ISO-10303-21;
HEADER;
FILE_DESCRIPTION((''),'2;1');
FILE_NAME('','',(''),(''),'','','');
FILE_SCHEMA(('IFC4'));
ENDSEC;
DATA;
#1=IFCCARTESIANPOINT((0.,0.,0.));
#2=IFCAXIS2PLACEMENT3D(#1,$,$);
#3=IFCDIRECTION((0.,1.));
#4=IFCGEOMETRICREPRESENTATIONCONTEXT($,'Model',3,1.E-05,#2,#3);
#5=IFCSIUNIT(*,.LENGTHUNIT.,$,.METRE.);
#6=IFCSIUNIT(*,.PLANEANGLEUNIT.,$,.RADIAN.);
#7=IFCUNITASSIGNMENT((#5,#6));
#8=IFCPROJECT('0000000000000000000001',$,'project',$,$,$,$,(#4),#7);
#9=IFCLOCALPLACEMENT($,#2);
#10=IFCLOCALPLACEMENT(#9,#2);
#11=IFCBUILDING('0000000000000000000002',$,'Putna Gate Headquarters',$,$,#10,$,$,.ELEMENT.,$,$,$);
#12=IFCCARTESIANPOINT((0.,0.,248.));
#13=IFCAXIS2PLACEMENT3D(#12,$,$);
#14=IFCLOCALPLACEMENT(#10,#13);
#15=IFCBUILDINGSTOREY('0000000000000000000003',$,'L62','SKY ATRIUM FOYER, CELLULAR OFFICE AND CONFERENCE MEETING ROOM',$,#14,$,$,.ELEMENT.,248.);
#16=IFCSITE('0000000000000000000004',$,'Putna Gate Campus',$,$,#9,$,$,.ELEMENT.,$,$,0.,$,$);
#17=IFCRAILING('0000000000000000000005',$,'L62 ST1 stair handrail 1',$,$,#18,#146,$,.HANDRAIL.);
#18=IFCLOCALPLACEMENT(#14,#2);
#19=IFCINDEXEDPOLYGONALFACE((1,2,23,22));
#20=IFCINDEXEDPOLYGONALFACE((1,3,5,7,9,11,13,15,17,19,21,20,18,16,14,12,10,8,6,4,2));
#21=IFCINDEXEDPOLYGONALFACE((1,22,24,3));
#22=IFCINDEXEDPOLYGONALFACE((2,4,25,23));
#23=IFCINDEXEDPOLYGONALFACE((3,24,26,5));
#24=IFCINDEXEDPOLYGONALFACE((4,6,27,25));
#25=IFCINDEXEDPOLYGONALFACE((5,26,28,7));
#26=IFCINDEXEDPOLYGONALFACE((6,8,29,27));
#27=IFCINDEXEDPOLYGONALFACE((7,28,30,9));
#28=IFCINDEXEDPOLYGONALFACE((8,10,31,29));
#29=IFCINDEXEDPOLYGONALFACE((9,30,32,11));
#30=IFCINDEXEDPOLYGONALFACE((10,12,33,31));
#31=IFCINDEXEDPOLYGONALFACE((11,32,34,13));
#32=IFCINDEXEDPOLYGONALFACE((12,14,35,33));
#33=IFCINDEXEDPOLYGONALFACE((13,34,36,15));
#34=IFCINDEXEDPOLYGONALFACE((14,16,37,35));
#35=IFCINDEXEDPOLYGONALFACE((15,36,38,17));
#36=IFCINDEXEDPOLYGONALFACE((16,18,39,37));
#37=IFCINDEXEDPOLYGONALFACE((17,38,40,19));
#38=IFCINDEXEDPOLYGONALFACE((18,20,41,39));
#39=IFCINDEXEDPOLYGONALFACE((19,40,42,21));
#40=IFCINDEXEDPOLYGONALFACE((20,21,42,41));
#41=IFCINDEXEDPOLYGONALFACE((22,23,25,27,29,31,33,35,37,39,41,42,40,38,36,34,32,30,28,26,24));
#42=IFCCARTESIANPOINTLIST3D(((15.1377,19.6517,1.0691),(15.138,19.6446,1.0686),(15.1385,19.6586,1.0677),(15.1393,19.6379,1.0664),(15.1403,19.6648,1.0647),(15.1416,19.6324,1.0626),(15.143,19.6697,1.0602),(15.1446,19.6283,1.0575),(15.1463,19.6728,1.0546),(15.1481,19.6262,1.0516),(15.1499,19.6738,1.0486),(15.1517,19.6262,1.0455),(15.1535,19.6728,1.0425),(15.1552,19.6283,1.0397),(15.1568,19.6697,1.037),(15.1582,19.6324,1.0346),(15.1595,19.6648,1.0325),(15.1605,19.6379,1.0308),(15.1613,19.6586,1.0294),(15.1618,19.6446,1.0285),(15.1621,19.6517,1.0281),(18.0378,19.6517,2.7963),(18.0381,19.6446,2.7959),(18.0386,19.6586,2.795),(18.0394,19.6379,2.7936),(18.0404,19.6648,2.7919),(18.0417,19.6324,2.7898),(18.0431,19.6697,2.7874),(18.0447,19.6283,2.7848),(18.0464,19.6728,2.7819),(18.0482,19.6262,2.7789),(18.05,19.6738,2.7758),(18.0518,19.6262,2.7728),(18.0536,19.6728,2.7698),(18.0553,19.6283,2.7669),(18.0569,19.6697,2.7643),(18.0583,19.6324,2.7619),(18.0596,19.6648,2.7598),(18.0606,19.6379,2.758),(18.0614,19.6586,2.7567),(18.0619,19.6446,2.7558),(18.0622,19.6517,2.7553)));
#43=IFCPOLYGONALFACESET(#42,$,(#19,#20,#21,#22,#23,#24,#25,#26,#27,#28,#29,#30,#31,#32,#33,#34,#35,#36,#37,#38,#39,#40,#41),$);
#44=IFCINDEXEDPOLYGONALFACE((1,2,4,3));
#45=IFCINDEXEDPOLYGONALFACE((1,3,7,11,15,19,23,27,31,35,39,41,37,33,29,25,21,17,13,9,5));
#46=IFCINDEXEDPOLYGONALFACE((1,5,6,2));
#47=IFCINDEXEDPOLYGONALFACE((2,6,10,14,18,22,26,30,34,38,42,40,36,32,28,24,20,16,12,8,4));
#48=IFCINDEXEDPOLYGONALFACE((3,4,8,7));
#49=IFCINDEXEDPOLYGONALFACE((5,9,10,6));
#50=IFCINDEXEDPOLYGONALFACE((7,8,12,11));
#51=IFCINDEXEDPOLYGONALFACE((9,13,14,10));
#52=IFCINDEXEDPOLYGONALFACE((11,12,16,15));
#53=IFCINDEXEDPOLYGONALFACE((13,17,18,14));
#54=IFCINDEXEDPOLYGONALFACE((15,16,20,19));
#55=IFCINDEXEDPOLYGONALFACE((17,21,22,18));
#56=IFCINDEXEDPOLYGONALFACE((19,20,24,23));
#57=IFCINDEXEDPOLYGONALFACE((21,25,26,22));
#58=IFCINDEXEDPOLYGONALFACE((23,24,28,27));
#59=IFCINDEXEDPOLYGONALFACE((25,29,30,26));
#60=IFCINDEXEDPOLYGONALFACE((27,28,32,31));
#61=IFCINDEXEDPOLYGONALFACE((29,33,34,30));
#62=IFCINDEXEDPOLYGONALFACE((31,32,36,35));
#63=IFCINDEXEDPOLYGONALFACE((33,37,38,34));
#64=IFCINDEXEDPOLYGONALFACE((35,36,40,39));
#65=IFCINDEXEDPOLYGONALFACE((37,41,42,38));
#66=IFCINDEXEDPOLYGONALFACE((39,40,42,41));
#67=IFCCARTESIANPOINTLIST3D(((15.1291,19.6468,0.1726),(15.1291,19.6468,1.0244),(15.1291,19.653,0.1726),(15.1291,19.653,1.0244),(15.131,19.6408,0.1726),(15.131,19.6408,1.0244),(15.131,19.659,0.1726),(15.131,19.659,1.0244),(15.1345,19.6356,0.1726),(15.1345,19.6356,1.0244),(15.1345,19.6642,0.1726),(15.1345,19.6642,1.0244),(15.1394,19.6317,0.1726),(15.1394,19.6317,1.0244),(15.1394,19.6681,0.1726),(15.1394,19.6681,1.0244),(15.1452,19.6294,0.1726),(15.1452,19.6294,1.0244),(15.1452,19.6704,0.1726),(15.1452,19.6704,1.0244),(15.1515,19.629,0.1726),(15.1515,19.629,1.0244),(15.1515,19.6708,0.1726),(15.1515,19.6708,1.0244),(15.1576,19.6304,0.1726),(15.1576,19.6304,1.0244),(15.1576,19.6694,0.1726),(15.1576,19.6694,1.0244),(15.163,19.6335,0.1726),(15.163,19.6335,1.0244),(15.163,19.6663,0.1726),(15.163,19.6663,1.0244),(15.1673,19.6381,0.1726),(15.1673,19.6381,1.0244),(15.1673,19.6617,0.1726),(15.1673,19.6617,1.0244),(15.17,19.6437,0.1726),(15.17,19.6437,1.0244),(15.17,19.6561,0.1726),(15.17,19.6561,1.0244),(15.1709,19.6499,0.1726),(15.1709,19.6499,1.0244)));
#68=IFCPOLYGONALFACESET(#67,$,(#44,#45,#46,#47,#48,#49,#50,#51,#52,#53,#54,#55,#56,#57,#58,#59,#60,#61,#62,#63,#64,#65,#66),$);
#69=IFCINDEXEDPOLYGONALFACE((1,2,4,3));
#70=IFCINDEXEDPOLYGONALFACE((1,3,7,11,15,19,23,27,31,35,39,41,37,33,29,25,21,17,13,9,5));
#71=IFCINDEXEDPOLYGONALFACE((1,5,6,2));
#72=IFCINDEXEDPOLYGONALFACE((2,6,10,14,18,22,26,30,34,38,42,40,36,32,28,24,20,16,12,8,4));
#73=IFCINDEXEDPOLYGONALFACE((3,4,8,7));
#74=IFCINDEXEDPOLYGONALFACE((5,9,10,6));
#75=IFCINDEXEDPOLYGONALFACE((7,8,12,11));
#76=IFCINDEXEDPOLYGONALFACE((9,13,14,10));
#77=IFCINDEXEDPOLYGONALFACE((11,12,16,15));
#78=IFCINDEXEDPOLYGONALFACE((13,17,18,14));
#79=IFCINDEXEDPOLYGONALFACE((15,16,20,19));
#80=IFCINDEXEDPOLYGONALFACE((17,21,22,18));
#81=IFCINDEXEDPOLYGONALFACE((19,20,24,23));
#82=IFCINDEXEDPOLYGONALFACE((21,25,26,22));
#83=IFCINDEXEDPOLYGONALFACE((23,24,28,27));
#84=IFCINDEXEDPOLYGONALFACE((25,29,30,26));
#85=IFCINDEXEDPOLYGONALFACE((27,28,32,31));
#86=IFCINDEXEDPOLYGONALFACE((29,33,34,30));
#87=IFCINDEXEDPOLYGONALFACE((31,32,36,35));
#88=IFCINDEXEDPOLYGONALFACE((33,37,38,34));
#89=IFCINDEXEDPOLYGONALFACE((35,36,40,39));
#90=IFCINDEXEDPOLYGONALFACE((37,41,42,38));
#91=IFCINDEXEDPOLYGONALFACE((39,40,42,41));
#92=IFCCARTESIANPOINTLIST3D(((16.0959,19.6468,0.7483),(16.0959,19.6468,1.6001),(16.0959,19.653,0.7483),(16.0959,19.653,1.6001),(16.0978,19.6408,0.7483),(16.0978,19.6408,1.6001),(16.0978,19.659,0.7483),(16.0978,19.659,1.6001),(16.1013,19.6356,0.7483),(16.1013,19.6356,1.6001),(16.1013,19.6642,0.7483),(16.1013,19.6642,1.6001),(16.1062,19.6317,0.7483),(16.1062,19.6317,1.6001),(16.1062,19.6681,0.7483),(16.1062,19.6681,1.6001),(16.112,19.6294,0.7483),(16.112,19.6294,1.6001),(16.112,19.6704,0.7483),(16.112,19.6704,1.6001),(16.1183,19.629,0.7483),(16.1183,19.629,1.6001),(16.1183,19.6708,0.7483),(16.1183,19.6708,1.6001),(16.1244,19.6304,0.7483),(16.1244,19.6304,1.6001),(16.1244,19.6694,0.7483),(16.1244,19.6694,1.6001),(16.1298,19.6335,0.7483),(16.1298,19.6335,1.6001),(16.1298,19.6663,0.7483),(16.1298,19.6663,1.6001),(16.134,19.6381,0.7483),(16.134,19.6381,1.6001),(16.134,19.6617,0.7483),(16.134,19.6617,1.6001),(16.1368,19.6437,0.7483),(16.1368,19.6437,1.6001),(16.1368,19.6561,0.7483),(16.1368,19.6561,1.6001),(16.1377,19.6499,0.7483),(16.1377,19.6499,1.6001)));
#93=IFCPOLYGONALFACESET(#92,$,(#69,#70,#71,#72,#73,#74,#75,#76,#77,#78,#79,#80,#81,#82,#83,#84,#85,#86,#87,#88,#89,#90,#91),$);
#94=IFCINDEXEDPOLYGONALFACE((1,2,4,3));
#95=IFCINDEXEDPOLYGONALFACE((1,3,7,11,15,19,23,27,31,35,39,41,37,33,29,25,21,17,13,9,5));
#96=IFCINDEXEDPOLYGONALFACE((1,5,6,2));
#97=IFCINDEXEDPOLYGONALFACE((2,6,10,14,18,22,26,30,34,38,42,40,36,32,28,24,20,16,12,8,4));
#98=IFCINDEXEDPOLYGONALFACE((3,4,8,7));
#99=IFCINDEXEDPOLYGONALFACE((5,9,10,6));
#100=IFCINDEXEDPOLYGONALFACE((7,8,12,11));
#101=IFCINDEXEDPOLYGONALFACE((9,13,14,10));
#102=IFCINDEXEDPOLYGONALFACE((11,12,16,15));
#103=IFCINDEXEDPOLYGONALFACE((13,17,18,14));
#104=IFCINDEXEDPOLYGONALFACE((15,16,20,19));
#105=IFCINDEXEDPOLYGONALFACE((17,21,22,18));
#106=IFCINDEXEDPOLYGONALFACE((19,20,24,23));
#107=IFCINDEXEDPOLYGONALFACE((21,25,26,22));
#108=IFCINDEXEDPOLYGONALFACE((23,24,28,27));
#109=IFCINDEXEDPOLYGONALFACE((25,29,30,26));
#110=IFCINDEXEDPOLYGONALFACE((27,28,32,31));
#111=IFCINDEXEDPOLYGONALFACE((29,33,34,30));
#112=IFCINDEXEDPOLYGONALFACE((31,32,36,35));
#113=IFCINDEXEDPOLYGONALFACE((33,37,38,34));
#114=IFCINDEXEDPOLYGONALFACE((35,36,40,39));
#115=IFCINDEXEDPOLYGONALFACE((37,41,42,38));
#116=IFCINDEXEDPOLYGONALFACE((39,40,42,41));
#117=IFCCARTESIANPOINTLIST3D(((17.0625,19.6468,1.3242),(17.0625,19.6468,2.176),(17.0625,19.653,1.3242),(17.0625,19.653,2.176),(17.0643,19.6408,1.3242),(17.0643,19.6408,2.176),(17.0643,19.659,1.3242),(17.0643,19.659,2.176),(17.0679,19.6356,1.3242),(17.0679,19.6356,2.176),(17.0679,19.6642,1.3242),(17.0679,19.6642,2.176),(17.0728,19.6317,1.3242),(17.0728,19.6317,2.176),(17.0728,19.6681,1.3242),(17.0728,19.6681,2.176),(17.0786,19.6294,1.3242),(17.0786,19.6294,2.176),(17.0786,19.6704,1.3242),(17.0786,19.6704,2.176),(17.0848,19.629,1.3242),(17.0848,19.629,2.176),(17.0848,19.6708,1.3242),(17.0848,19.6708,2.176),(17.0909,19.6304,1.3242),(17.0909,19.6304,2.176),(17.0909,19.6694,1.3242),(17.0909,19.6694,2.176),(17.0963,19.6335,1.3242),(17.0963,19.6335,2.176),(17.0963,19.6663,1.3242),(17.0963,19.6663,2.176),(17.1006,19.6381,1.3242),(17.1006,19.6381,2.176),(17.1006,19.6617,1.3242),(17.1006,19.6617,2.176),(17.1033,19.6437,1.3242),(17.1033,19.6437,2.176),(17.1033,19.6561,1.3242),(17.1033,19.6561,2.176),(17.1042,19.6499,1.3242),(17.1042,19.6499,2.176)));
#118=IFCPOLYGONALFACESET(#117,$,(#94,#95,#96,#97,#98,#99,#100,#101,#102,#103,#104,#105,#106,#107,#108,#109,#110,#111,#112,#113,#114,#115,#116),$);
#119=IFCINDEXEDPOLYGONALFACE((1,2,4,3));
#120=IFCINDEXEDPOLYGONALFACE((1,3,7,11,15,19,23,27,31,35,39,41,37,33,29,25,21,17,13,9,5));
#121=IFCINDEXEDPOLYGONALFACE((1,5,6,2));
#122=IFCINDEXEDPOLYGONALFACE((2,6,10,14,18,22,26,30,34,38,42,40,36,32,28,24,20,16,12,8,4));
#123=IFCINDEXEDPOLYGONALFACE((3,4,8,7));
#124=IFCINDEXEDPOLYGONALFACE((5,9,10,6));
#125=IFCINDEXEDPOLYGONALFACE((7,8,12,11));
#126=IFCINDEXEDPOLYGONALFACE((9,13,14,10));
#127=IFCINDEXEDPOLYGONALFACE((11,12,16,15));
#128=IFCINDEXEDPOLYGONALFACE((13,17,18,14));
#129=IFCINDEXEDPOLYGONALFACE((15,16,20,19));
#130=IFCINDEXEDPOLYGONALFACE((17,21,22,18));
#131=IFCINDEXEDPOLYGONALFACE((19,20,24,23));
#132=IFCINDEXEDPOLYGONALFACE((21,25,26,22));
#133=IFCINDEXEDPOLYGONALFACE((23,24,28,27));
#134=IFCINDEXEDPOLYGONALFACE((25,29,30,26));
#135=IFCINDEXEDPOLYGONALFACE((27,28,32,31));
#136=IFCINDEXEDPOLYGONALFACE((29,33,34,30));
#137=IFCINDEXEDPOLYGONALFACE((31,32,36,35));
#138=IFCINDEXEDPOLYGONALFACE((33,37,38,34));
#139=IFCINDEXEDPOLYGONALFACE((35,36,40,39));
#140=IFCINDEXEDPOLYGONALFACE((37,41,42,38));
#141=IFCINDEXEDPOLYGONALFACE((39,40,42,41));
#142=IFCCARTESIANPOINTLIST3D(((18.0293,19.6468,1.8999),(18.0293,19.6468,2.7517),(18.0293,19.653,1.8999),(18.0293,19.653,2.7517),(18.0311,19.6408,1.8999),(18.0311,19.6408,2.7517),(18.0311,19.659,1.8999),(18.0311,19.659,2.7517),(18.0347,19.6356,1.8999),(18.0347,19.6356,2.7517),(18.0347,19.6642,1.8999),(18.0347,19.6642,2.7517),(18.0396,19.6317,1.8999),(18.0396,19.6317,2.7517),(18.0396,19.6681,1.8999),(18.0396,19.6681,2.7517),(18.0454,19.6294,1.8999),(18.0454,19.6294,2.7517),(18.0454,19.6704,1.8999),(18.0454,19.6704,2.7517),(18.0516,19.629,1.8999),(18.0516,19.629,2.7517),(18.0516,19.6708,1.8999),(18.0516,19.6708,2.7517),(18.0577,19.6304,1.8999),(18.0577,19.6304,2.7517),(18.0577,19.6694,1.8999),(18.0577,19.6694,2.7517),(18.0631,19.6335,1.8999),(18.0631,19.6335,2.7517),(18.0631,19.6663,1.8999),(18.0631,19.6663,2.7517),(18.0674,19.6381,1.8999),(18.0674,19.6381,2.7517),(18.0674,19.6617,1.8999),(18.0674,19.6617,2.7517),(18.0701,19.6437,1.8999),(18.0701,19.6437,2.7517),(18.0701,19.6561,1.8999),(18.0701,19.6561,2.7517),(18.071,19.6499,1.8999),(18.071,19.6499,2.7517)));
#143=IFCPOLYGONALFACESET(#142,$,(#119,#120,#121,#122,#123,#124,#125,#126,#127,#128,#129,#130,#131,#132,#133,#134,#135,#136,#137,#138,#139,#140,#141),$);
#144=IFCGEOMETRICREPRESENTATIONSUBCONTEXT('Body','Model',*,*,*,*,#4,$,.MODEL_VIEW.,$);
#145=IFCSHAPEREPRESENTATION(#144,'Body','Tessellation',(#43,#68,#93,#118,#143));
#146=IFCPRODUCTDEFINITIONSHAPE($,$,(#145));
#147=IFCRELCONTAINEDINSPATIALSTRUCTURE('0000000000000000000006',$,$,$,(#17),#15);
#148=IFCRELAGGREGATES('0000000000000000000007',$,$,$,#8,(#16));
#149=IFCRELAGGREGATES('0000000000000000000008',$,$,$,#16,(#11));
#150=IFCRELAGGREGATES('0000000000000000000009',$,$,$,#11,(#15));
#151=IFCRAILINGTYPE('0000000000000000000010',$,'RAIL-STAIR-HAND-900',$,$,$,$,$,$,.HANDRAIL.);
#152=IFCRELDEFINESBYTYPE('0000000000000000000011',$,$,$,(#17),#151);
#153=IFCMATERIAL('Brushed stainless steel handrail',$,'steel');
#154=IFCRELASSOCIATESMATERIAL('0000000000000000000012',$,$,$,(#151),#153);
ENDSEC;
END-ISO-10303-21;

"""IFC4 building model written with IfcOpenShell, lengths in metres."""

from ifc_helpers import new_model, si_unit, direction, frame, origin, origin_2d, place, context, subcontext, project, spatial, circle, extrude, material, type_object, element, save


model = new_model("IFC4")

# Units and contexts
model_context = context("Model", 3, precision=1e-05, world=origin(), true_north=direction((0.0, 1.0)))
body_context = subcontext(model_context, "Body", "Model", "MODEL_VIEW")
ifc_project = project(units=[si_unit("LENGTHUNIT", "METRE"), si_unit("PLANEANGLEUNIT", "RADIAN")], contexts=[model_context])

# Site, building, storey
site_placement = place(None, origin())
site = spatial("IfcSite", under=ifc_project, at=site_placement, Name="Putna Gate Campus", CompositionType="ELEMENT", RefElevation=0.0)
building_placement = place(site_placement, origin())
building = spatial("IfcBuilding", under=site, at=building_placement, Name="Putna Gate Headquarters", CompositionType="ELEMENT")
storey_placement = place(building_placement, frame((0.0, 0.0, 248.0)))
storey = spatial("IfcBuildingStorey", under=building, at=storey_placement, Name="L62", Description="SKY ATRIUM FOYER, CELLULAR OFFICE AND CONFERENCE MEETING ROOM", CompositionType="ELEMENT", Elevation=248.0)

# Railing
ifc_material_1 = material(Name="Brushed stainless steel handrail", Category="steel")
railing_type_1 = type_object("IfcRailingType", Name="RAIL-STAIR-HAND-900", PredefinedType="HANDRAIL", material=ifc_material_1)
railing_1_placement = place(storey_placement, frame((15.1499, 19.6499, 0.1726)))
element("IfcRailing", 1, at=railing_1_placement, inside=storey, type_object=railing_type_1, Name="L62 ST1 stair handrail 1", PredefinedType="HANDRAIL", context=body_context, shape_type="SweptSolid", body=[
    extrude(circle(Radius=0.0239, at=origin_2d()), frame((0.0, 0.0, 0.876), z_axis=(0.85916, 0.0, 0.511706), x_axis=(0.0, 1.0, 0.0)), (0.0, 0.0, 1.0), 3.3755),
    extrude(circle(Radius=0.021, at=origin_2d()), origin(), (0.0, 0.0, 1.0), 0.8518),
    extrude(circle(Radius=0.021, at=origin_2d()), frame((0.9668, 0.0, 0.5757)), (0.0, 0.0, 1.0), 0.8518),
    extrude(circle(Radius=0.021, at=origin_2d()), frame((1.9333, 0.0, 1.1516)), (0.0, 0.0, 1.0), 0.8518),
    extrude(circle(Radius=0.021, at=origin_2d()), frame((2.9001, 0.0, 1.7273)), (0.0, 0.0, 1.0), 0.8518),
])

save(model, "model.ifc")
